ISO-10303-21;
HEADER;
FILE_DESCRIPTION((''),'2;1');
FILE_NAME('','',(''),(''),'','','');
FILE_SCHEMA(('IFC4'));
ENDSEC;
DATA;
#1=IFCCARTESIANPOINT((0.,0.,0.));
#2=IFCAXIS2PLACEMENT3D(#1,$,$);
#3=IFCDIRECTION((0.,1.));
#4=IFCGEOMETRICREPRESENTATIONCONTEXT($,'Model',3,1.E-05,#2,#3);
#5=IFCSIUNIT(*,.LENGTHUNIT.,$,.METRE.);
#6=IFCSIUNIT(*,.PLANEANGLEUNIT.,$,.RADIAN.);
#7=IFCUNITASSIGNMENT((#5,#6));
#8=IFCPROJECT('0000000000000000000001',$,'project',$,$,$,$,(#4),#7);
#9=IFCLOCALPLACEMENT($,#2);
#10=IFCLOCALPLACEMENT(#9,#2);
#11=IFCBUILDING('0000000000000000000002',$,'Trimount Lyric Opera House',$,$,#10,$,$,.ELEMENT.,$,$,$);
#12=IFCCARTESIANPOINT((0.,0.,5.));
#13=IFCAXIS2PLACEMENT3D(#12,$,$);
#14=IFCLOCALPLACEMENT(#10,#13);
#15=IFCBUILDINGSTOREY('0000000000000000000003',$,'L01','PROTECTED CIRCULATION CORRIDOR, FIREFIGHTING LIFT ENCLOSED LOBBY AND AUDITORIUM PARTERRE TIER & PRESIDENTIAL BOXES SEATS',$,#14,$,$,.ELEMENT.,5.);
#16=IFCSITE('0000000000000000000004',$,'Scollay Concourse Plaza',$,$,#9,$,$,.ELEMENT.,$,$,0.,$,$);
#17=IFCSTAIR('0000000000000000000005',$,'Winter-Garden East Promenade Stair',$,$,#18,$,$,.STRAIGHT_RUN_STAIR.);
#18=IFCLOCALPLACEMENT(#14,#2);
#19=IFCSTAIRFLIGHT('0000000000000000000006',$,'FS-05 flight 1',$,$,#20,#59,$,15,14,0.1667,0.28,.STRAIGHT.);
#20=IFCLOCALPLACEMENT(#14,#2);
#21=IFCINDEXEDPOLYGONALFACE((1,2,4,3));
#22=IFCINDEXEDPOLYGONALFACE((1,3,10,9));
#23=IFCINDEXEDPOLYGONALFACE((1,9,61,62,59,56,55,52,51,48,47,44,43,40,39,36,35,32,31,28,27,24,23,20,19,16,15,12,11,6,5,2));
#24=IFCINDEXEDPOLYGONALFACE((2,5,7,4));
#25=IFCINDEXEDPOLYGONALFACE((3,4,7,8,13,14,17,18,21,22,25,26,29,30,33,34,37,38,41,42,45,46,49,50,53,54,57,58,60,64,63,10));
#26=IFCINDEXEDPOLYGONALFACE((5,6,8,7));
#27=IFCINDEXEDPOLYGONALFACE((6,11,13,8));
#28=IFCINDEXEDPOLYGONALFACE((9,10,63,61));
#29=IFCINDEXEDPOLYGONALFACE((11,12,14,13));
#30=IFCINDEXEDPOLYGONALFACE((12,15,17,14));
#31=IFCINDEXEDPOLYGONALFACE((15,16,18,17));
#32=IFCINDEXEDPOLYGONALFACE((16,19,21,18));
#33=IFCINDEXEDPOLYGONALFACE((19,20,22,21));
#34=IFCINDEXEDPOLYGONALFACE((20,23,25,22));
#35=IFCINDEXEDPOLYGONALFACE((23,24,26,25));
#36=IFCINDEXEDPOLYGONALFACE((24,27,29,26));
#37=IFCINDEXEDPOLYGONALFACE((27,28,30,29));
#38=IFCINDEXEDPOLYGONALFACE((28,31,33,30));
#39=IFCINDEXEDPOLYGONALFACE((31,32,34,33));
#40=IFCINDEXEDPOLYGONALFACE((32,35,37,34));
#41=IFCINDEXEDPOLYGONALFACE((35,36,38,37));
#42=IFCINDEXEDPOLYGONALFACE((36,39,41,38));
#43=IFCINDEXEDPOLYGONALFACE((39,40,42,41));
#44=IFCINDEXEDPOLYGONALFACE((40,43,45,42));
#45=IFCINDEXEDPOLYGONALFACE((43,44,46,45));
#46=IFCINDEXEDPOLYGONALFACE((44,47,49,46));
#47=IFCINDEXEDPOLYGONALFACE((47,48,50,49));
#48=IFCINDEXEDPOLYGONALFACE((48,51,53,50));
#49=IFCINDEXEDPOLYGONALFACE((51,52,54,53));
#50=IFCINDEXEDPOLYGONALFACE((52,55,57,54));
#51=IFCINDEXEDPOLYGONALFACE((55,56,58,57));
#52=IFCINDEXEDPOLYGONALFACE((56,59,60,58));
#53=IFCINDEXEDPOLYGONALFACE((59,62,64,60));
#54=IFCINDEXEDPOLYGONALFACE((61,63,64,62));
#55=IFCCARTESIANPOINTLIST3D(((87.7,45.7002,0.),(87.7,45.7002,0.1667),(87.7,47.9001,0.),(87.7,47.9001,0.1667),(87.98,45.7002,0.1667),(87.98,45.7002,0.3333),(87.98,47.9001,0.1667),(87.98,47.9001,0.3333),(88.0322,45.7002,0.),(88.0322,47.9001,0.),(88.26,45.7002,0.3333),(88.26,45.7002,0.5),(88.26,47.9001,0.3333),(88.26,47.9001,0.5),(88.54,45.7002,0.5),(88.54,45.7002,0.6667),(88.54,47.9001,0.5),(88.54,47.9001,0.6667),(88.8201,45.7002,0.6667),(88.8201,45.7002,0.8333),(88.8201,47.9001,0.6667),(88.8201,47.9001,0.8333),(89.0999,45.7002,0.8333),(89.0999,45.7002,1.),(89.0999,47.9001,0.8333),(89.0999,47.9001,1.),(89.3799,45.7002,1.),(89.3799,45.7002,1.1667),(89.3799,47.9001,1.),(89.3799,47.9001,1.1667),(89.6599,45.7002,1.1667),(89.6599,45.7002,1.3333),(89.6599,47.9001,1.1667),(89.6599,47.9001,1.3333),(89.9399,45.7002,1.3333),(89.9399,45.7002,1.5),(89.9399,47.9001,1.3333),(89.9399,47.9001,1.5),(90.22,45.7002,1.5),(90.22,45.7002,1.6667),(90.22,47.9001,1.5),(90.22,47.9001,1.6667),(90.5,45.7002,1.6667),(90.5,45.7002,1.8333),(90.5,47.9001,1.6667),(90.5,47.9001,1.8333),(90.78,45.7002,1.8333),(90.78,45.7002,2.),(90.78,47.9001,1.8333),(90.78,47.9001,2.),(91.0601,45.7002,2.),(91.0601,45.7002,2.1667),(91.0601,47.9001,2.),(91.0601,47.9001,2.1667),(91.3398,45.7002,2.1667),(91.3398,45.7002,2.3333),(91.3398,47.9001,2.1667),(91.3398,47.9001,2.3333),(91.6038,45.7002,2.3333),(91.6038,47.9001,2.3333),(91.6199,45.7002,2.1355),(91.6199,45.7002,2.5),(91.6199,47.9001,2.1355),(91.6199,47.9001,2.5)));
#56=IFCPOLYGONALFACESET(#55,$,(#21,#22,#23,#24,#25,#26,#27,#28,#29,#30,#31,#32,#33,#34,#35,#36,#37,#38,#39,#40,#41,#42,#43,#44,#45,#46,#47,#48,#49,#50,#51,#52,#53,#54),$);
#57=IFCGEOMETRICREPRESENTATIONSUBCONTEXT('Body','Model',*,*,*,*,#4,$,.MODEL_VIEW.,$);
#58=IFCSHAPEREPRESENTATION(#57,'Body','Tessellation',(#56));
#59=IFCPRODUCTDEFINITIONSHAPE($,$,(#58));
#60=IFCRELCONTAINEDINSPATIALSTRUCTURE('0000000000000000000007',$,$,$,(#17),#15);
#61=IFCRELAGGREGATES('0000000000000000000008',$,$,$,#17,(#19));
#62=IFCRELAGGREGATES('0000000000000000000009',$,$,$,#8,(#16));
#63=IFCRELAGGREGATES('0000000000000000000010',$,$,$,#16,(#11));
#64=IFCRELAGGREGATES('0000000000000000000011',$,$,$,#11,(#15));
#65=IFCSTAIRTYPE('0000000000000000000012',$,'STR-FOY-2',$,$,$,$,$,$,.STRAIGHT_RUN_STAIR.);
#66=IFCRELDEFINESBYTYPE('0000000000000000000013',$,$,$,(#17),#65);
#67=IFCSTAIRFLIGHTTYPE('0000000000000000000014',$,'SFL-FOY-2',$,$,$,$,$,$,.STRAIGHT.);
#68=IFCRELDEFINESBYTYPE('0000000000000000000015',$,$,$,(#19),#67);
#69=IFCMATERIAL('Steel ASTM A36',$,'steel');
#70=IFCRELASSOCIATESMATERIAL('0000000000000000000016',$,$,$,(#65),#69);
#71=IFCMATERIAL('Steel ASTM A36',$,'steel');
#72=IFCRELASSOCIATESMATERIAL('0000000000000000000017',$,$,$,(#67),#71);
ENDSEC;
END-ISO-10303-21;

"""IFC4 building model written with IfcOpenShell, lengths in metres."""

from ifc_helpers import new_model, si_unit, direction, frame, origin, place, context, subcontext, project, spatial, polyline, outline, extrude, material, type_object, element, aggregate, save


model = new_model("IFC4")

# Units and contexts
model_context = context("Model", 3, precision=1e-05, world=origin(), true_north=direction((0.0, 1.0)))
body_context = subcontext(model_context, "Body", "Model", "MODEL_VIEW")
ifc_project = project(units=[si_unit("LENGTHUNIT", "METRE"), si_unit("PLANEANGLEUNIT", "RADIAN")], contexts=[model_context])

# Site, building, storey
site_placement = place(None, origin())
site = spatial("IfcSite", under=ifc_project, at=site_placement, Name="Scollay Concourse Plaza", CompositionType="ELEMENT", RefElevation=0.0)
building_placement = place(site_placement, origin())
building = spatial("IfcBuilding", under=site, at=building_placement, Name="Trimount Lyric Opera House", CompositionType="ELEMENT")
storey_placement = place(building_placement, frame((0.0, 0.0, 5.0)))
storey = spatial("IfcBuildingStorey", under=building, at=storey_placement, Name="L01", Description="PROTECTED CIRCULATION CORRIDOR, FIREFIGHTING LIFT ENCLOSED LOBBY AND AUDITORIUM PARTERRE TIER & PRESIDENTIAL BOXES SEATS", CompositionType="ELEMENT", Elevation=5.0)

# Shared definitions
ifc_material_1 = material(Name="Steel ASTM A36", Category="steel")
stair_type = type_object("IfcStairType", Name="STR-FOY-2", PredefinedType="STRAIGHT_RUN_STAIR", material=ifc_material_1)
ifc_material_2 = material(Name="Steel ASTM A36", Category="steel")
stair_flight_type = type_object("IfcStairFlightType", Name="SFL-FOY-2", PredefinedType="STRAIGHT", material=ifc_material_2)

# Stair, stair flight
stair_1_placement = place(storey_placement, origin())
stair_1 = element("IfcStair", 1, at=stair_1_placement, inside=storey, type_object=stair_type, Name="Winter-Garden East Promenade Stair", PredefinedType="STRAIGHT_RUN_STAIR")
stair_flight_1_placement = place(storey_placement, frame((87.7, 46.8, 0.0), z_axis=(0.0, 0.0, 1.0), x_axis=(1.0, 0.0, 0.0)))
stair_flight_1 = element("IfcStairFlight", 2, at=stair_flight_1_placement, type_object=stair_flight_type, Name="FS-05 flight 1", NumberOfRisers=15, NumberOfTreads=14, PredefinedType="STRAIGHT", RiserHeight=0.1667, TreadLength=0.28, context=body_context, shape_type="SweptSolid", body=[
    extrude(outline(polyline([(0.0, 0.0), (0.0, 0.1667), (0.28, 0.1667), (0.28, 0.3333), (0.5601, 0.3333), (0.5601, 0.5), (0.8401, 0.5), (0.8401, 0.6667), (1.1201, 0.6667), (1.1201, 0.8333), (1.3999, 0.8333), (1.3999, 1.0), (1.6799, 1.0), (1.6799, 1.1667), (1.96, 1.1667), (1.96, 1.3333), (2.24, 1.3333), (2.24, 1.5), (2.52, 1.5), (2.52, 1.6667), (2.8, 1.6667), (2.8, 1.8333), (3.0801, 1.8333), (3.0801, 2.0), (3.3601, 2.0), (3.3601, 2.1667), (3.6399, 2.1667), (3.6399, 2.3333), (3.9038, 2.3333), (3.9199, 2.5), (3.9199, 2.1355), (0.3323, 0.0), (0.0, 0.0)])), frame((0.0, 1.1001, 0.0), z_axis=(0.0, -1.0, 0.0), x_axis=(1.0, 0.0, 0.0)), (0.0, 0.0, 1.0), 2.2),
])
aggregate(stair_1, [stair_flight_1])

save(model, "model.ifc")
